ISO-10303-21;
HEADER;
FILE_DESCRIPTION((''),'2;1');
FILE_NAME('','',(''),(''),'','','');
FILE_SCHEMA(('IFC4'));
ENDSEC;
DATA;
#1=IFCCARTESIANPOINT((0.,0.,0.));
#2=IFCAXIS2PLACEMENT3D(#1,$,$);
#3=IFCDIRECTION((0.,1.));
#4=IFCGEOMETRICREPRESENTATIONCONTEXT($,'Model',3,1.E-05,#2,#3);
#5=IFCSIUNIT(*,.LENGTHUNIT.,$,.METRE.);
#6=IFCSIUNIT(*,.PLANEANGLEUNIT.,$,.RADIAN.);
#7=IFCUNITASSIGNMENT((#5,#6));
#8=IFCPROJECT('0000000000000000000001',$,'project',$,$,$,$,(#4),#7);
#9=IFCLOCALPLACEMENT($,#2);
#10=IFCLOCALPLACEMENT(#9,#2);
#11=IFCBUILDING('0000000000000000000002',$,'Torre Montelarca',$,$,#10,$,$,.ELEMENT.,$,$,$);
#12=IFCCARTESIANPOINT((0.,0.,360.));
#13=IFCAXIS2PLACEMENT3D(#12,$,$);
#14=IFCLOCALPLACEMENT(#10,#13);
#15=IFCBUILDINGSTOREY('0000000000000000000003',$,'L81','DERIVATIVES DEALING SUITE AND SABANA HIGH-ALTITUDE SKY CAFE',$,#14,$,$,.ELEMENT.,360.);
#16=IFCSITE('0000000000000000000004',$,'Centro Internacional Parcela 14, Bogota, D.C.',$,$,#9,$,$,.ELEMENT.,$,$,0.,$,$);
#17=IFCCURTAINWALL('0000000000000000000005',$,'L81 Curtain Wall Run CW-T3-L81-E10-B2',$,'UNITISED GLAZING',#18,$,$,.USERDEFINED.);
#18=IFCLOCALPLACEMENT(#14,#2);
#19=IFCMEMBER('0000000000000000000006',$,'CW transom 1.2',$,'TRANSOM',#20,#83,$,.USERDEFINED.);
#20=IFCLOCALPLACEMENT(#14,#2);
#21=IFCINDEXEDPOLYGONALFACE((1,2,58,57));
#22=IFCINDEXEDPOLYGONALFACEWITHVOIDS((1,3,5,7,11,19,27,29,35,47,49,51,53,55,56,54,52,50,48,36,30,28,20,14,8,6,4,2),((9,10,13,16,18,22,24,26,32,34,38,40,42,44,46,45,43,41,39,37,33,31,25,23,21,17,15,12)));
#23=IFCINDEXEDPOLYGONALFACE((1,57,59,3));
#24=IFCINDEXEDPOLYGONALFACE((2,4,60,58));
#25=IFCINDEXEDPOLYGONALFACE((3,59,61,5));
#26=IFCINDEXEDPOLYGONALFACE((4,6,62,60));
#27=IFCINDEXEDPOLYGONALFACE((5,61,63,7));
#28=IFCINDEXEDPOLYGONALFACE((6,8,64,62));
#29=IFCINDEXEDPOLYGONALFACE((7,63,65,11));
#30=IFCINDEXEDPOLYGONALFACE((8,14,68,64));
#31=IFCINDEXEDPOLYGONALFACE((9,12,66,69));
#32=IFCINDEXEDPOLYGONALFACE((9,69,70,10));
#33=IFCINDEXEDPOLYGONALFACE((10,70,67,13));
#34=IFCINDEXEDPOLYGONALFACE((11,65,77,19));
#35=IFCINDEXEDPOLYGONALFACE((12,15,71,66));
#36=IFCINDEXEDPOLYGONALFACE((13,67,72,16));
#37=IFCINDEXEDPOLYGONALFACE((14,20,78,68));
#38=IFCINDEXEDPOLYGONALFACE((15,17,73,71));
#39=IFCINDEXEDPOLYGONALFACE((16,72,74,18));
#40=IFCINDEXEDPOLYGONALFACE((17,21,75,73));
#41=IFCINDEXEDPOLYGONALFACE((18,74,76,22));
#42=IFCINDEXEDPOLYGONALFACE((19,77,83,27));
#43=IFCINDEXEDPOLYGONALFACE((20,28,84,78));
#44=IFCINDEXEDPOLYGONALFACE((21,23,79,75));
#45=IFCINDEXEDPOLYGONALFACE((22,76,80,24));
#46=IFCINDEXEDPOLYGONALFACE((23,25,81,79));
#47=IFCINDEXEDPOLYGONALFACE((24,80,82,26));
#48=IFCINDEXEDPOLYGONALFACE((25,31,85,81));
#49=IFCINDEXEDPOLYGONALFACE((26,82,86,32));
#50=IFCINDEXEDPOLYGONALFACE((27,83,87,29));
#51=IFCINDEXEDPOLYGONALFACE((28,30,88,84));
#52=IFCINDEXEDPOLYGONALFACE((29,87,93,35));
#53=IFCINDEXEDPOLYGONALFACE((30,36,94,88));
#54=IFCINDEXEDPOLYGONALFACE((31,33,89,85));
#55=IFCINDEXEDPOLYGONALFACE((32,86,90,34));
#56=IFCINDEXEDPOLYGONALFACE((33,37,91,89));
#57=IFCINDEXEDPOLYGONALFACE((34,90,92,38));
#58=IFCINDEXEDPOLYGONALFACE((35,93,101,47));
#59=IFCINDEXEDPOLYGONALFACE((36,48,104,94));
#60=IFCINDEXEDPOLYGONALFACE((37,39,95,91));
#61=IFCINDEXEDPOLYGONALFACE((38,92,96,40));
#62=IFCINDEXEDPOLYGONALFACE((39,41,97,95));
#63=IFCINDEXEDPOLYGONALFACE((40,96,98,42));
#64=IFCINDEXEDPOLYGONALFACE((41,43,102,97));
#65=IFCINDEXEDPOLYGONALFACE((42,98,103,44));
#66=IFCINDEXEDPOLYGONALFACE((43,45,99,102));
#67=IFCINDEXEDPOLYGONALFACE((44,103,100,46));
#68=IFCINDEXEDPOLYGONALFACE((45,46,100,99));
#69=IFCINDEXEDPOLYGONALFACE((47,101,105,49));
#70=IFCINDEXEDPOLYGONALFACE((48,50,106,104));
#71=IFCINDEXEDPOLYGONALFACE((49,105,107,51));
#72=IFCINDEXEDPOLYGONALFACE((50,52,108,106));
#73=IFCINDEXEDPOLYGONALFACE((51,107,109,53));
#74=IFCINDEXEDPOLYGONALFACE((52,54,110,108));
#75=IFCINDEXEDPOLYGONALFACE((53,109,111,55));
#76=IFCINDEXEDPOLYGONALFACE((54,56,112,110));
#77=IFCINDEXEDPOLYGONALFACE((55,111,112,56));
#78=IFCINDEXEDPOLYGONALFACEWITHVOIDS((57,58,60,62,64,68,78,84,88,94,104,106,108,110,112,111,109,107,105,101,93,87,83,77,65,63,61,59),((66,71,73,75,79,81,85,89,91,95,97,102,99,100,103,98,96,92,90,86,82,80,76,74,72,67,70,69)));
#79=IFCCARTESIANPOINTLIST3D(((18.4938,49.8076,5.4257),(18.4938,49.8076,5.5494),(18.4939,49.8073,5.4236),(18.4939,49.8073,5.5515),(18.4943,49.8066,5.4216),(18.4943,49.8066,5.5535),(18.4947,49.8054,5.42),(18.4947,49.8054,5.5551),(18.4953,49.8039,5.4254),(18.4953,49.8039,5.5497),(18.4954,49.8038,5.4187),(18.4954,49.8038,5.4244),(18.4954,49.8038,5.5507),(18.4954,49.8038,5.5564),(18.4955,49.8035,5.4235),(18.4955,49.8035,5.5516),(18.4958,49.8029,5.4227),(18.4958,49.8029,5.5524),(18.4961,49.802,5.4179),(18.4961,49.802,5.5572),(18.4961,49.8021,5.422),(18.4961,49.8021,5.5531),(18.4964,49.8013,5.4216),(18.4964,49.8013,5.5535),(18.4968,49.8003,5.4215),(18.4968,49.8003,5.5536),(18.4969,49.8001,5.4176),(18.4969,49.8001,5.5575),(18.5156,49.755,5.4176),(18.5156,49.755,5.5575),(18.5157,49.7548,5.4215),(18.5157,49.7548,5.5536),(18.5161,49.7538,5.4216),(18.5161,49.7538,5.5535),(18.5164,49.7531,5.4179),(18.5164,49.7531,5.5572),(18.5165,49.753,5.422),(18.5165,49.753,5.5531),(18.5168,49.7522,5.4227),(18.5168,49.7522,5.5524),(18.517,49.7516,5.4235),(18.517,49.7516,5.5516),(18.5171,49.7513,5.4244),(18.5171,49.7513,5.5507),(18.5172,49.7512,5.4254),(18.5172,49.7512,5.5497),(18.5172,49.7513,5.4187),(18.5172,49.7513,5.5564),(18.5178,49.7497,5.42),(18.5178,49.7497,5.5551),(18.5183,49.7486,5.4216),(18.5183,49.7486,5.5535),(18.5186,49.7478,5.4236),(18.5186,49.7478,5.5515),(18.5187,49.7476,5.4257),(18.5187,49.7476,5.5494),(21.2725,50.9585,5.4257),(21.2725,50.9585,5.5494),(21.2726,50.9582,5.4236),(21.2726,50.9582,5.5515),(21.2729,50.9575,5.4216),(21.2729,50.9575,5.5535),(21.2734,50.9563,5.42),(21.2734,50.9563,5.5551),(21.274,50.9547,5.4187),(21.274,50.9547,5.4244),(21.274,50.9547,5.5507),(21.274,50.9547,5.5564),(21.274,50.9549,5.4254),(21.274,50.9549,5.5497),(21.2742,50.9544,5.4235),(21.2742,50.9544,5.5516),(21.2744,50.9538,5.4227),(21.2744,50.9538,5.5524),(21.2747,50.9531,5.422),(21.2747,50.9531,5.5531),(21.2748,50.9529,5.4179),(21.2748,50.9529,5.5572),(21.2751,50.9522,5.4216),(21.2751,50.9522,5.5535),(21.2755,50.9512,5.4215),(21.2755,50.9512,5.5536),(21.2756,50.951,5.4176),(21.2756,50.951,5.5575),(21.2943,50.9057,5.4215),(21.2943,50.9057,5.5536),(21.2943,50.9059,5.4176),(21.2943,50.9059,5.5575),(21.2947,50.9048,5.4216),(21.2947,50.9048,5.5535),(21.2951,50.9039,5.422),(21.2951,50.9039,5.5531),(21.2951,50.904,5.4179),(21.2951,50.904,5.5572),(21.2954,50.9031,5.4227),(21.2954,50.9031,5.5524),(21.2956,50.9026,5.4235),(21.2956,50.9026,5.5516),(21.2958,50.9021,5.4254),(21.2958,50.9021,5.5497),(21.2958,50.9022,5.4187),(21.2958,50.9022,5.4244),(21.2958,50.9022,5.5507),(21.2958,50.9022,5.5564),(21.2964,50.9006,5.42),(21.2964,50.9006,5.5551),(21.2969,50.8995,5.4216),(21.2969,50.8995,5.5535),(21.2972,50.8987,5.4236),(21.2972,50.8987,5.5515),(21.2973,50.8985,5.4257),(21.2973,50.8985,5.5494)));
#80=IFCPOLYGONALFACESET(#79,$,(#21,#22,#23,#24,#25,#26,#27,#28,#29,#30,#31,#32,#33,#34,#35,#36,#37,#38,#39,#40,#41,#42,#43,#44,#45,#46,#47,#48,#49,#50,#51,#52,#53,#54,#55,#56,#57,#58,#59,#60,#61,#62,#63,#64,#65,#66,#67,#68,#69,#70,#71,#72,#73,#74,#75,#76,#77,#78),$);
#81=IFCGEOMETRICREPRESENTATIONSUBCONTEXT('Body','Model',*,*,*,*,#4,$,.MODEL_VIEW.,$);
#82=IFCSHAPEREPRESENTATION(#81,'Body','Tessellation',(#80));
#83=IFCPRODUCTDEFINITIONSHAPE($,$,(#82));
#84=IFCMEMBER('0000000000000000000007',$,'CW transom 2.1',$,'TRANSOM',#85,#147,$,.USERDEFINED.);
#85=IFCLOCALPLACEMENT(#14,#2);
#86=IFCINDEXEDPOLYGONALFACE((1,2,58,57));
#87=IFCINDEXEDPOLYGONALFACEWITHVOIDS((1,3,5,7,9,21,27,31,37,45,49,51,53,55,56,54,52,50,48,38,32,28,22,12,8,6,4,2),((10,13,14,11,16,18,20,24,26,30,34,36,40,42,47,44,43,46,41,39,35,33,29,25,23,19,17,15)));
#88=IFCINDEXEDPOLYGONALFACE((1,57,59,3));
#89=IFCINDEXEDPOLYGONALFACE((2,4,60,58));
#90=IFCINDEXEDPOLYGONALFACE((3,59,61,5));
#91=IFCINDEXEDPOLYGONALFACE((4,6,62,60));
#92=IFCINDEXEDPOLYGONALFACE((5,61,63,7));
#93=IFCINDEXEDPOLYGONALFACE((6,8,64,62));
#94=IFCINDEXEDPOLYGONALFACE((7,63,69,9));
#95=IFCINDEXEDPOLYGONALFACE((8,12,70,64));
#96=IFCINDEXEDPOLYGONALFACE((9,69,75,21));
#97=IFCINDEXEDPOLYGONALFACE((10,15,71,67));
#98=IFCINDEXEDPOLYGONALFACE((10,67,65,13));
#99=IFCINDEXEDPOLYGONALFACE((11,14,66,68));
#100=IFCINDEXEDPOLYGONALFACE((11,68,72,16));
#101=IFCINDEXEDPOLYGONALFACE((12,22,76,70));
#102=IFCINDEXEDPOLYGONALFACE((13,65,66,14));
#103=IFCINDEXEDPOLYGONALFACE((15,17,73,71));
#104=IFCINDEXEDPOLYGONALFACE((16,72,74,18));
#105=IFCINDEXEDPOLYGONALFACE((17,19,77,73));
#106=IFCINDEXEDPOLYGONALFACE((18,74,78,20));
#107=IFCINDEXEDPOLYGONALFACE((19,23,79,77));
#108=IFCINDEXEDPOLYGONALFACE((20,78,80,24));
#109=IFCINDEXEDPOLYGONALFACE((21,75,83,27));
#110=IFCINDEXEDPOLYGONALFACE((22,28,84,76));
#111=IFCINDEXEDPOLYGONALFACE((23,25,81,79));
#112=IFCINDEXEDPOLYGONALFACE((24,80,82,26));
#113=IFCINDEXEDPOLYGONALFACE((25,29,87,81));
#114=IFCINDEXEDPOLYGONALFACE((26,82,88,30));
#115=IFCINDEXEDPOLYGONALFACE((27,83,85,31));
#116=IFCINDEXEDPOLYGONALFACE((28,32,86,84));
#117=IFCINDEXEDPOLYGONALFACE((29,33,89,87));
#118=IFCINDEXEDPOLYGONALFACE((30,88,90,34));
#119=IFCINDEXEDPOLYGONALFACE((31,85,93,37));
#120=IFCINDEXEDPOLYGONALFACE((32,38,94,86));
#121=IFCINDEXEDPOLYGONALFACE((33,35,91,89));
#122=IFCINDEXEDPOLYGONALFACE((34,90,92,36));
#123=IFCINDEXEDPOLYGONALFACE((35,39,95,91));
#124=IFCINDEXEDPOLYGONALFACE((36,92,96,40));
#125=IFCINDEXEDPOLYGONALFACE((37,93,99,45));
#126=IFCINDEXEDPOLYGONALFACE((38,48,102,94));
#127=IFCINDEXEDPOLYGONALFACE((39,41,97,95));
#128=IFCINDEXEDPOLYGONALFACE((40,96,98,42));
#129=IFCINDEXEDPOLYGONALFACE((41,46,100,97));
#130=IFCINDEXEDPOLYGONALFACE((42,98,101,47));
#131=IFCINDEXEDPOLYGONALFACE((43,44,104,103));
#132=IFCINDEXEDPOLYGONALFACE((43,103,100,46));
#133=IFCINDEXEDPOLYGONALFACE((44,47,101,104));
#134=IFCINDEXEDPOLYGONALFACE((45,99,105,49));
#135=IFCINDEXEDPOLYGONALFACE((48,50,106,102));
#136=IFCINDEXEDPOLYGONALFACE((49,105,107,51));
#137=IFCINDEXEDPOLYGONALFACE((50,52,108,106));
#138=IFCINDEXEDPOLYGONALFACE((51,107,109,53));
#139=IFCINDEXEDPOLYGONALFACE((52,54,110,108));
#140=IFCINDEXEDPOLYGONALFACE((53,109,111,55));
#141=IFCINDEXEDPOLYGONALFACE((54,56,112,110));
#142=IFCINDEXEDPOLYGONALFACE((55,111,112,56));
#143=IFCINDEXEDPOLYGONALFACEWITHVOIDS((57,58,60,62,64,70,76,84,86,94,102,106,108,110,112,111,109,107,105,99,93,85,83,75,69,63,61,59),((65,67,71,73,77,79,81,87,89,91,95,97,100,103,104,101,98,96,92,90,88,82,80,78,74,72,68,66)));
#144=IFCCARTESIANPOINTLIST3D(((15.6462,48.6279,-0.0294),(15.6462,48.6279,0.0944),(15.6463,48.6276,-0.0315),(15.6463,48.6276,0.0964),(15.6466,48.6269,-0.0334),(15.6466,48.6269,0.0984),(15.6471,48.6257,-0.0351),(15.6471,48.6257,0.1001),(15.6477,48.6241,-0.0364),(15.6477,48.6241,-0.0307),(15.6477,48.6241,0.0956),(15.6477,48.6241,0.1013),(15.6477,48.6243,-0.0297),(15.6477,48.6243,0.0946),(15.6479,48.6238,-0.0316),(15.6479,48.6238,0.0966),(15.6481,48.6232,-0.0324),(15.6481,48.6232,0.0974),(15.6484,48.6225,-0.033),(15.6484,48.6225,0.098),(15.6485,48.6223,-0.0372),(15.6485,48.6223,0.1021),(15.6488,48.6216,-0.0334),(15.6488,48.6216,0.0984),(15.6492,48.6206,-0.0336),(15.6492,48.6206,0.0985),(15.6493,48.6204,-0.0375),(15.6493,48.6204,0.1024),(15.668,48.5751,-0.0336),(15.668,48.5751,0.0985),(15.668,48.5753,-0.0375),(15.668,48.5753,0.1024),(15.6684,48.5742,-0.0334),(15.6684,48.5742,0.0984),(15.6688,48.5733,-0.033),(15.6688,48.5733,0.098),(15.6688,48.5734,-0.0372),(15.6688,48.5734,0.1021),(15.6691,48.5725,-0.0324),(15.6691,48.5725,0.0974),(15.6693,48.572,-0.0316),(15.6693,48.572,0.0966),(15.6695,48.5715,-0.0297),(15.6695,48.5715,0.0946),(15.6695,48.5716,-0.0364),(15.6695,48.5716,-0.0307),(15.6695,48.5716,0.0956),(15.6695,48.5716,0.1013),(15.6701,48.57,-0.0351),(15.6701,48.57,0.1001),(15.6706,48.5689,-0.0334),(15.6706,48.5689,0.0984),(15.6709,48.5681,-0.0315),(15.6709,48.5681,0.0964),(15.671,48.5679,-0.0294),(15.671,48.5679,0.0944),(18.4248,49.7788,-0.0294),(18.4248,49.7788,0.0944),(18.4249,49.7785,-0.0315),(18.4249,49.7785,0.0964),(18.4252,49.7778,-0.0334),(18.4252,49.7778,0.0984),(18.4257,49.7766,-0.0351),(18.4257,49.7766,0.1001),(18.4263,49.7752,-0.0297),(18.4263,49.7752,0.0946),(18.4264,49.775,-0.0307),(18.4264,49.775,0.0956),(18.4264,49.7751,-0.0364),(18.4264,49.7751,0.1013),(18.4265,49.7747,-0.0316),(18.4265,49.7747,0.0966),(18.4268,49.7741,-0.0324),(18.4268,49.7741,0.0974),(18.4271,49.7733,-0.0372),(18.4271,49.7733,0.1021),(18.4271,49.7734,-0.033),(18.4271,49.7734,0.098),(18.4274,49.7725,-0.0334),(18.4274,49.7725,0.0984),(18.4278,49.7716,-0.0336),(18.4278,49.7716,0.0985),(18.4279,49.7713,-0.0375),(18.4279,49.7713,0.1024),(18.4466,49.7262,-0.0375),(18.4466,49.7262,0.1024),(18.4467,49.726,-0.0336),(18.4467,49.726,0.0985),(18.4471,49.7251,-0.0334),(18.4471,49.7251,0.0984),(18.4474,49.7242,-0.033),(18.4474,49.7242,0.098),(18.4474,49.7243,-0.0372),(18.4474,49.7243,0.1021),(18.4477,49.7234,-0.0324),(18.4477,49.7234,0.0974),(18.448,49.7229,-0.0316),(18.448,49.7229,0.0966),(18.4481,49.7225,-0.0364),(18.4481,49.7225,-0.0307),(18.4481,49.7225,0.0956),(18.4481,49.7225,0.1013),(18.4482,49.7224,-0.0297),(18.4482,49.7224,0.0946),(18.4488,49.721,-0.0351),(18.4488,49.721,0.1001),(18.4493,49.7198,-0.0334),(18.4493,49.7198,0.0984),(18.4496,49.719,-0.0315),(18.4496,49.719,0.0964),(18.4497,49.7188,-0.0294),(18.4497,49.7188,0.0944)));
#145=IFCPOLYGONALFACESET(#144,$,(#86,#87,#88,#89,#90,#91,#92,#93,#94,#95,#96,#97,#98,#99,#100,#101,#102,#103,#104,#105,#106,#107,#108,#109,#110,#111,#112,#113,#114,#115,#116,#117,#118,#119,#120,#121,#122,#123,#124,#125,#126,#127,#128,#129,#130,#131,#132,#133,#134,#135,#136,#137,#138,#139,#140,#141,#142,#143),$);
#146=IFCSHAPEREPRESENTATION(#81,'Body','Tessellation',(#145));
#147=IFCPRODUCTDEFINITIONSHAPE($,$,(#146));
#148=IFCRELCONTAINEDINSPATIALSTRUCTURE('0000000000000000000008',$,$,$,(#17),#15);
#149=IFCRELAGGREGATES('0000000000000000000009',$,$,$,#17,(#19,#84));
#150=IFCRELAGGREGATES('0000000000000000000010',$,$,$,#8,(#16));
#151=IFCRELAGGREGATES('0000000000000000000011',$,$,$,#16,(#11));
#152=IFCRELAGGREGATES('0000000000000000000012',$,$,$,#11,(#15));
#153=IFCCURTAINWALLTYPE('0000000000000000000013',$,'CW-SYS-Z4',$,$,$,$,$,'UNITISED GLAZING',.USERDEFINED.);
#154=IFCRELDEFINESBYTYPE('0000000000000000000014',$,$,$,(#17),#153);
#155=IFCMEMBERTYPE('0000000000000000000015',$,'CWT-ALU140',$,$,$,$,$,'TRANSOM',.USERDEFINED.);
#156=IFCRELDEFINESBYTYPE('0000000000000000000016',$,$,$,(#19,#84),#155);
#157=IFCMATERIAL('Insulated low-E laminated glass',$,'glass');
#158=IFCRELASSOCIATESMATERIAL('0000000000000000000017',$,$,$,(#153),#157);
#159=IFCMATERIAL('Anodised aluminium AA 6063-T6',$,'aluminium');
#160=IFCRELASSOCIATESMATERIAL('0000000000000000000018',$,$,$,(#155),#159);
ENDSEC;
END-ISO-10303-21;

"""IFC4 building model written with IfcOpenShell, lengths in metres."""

from ifc_helpers import new_model, si_unit, direction, frame, origin, origin_2d, place, context, subcontext, project, spatial, hollow_rectangle, extrude, source, transform, mapped, material, material_profile, profile_set, type_object, element, aggregate, save


model = new_model("IFC4")

# Units and contexts
model_context = context("Model", 3, precision=1e-05, world=origin(), true_north=direction((0.0, 1.0)))
body_context = subcontext(model_context, "Body", "Model", "MODEL_VIEW")
ifc_project = project(units=[si_unit("LENGTHUNIT", "METRE"), si_unit("PLANEANGLEUNIT", "RADIAN")], contexts=[model_context])

# Site, building, storey
site_placement = place(None, origin())
site = spatial("IfcSite", under=ifc_project, at=site_placement, Name="Centro Internacional Parcela 14, Bogota, D.C.", CompositionType="ELEMENT", RefElevation=0.0)
building_placement = place(site_placement, origin())
building = spatial("IfcBuilding", under=site, at=building_placement, Name="Torre Montelarca", CompositionType="ELEMENT")
storey_placement = place(building_placement, frame((0.0, 0.0, 360.0)))
storey = spatial("IfcBuildingStorey", under=building, at=storey_placement, Name="L81", Description="DERIVATIVES DEALING SUITE AND SABANA HIGH-ALTITUDE SKY CAFE", CompositionType="ELEMENT", Elevation=360.0)

# Curtain wall
ifc_material_1 = material(Name="Insulated low-E laminated glass", Category="glass")
curtain_wall_type = type_object("IfcCurtainWallType", Name="CW-SYS-Z4", ElementType="UNITISED GLAZING", PredefinedType="USERDEFINED", material=ifc_material_1)
ifc_material_2 = material(Name="Anodised aluminium AA 6063-T6", Category="aluminium")
curtain_wall_1_placement = place(storey_placement, origin())
curtain_wall_1 = element("IfcCurtainWall", 1, at=curtain_wall_1_placement, inside=storey, type_object=curtain_wall_type, Name="L81 Curtain Wall Run CW-T3-L81-E10-B2", ObjectType="UNITISED GLAZING", PredefinedType="USERDEFINED")

# Members
ifc_material_profile_1 = material_profile(ifc_material_2, hollow_rectangle(XDim=0.0649, YDim=0.1399, WallThickness=0.0039, InnerFilletRadius=0.0039, OuterFilletRadius=0.0081, at=origin_2d()), Name="ALU65X140X4", Category="aluminium")
ifc_profile_set_1 = profile_set([ifc_material_profile_1], Name="Anodised aluminium AA 6063-T6")
member_type_1 = type_object("IfcMemberType", Name="CWT-ALU140", ElementType="TRANSOM", PredefinedType="USERDEFINED", material=ifc_profile_set_1)
shared_shape_1 = source(origin(), body_context, "Body", "SweptSolid", [
    extrude(hollow_rectangle(XDim=0.0649, YDim=0.1399, WallThickness=0.0039, InnerFilletRadius=0.0039, OuterFilletRadius=0.0081, at=origin_2d()), origin(), (0.0, 0.0, 1.0), 3.0076),
])
member_1_placement = place(storey_placement, frame((21.2849, 50.9285, 5.4875), z_axis=(-0.923884, -0.382672, 0.0), x_axis=(0.382672, -0.923884, 0.0)))
member_1 = element("IfcMember", 2, at=member_1_placement, type_object=member_type_1, Name="CW transom 1.2", ObjectType="TRANSOM", PredefinedType="USERDEFINED", context=body_context, shape_type="MappedRepresentation", body=[
    mapped(shared_shape_1, transform((0.0, 0.0, 0.0), scale=1.0)),
])
member_2_placement = place(storey_placement, frame((18.4373, 49.7488, 0.0325), z_axis=(-0.923884, -0.382672, 0.0), x_axis=(0.382672, -0.923884, 0.0)))
member_2 = element("IfcMember", 3, at=member_2_placement, type_object=member_type_1, Name="CW transom 2.1", ObjectType="TRANSOM", PredefinedType="USERDEFINED", context=body_context, shape_type="MappedRepresentation", body=[
    mapped(shared_shape_1, transform((0.0, 0.0, 0.0), scale=1.0)),
])

aggregate(curtain_wall_1, [member_1, member_2])

save(model, "model.ifc")
